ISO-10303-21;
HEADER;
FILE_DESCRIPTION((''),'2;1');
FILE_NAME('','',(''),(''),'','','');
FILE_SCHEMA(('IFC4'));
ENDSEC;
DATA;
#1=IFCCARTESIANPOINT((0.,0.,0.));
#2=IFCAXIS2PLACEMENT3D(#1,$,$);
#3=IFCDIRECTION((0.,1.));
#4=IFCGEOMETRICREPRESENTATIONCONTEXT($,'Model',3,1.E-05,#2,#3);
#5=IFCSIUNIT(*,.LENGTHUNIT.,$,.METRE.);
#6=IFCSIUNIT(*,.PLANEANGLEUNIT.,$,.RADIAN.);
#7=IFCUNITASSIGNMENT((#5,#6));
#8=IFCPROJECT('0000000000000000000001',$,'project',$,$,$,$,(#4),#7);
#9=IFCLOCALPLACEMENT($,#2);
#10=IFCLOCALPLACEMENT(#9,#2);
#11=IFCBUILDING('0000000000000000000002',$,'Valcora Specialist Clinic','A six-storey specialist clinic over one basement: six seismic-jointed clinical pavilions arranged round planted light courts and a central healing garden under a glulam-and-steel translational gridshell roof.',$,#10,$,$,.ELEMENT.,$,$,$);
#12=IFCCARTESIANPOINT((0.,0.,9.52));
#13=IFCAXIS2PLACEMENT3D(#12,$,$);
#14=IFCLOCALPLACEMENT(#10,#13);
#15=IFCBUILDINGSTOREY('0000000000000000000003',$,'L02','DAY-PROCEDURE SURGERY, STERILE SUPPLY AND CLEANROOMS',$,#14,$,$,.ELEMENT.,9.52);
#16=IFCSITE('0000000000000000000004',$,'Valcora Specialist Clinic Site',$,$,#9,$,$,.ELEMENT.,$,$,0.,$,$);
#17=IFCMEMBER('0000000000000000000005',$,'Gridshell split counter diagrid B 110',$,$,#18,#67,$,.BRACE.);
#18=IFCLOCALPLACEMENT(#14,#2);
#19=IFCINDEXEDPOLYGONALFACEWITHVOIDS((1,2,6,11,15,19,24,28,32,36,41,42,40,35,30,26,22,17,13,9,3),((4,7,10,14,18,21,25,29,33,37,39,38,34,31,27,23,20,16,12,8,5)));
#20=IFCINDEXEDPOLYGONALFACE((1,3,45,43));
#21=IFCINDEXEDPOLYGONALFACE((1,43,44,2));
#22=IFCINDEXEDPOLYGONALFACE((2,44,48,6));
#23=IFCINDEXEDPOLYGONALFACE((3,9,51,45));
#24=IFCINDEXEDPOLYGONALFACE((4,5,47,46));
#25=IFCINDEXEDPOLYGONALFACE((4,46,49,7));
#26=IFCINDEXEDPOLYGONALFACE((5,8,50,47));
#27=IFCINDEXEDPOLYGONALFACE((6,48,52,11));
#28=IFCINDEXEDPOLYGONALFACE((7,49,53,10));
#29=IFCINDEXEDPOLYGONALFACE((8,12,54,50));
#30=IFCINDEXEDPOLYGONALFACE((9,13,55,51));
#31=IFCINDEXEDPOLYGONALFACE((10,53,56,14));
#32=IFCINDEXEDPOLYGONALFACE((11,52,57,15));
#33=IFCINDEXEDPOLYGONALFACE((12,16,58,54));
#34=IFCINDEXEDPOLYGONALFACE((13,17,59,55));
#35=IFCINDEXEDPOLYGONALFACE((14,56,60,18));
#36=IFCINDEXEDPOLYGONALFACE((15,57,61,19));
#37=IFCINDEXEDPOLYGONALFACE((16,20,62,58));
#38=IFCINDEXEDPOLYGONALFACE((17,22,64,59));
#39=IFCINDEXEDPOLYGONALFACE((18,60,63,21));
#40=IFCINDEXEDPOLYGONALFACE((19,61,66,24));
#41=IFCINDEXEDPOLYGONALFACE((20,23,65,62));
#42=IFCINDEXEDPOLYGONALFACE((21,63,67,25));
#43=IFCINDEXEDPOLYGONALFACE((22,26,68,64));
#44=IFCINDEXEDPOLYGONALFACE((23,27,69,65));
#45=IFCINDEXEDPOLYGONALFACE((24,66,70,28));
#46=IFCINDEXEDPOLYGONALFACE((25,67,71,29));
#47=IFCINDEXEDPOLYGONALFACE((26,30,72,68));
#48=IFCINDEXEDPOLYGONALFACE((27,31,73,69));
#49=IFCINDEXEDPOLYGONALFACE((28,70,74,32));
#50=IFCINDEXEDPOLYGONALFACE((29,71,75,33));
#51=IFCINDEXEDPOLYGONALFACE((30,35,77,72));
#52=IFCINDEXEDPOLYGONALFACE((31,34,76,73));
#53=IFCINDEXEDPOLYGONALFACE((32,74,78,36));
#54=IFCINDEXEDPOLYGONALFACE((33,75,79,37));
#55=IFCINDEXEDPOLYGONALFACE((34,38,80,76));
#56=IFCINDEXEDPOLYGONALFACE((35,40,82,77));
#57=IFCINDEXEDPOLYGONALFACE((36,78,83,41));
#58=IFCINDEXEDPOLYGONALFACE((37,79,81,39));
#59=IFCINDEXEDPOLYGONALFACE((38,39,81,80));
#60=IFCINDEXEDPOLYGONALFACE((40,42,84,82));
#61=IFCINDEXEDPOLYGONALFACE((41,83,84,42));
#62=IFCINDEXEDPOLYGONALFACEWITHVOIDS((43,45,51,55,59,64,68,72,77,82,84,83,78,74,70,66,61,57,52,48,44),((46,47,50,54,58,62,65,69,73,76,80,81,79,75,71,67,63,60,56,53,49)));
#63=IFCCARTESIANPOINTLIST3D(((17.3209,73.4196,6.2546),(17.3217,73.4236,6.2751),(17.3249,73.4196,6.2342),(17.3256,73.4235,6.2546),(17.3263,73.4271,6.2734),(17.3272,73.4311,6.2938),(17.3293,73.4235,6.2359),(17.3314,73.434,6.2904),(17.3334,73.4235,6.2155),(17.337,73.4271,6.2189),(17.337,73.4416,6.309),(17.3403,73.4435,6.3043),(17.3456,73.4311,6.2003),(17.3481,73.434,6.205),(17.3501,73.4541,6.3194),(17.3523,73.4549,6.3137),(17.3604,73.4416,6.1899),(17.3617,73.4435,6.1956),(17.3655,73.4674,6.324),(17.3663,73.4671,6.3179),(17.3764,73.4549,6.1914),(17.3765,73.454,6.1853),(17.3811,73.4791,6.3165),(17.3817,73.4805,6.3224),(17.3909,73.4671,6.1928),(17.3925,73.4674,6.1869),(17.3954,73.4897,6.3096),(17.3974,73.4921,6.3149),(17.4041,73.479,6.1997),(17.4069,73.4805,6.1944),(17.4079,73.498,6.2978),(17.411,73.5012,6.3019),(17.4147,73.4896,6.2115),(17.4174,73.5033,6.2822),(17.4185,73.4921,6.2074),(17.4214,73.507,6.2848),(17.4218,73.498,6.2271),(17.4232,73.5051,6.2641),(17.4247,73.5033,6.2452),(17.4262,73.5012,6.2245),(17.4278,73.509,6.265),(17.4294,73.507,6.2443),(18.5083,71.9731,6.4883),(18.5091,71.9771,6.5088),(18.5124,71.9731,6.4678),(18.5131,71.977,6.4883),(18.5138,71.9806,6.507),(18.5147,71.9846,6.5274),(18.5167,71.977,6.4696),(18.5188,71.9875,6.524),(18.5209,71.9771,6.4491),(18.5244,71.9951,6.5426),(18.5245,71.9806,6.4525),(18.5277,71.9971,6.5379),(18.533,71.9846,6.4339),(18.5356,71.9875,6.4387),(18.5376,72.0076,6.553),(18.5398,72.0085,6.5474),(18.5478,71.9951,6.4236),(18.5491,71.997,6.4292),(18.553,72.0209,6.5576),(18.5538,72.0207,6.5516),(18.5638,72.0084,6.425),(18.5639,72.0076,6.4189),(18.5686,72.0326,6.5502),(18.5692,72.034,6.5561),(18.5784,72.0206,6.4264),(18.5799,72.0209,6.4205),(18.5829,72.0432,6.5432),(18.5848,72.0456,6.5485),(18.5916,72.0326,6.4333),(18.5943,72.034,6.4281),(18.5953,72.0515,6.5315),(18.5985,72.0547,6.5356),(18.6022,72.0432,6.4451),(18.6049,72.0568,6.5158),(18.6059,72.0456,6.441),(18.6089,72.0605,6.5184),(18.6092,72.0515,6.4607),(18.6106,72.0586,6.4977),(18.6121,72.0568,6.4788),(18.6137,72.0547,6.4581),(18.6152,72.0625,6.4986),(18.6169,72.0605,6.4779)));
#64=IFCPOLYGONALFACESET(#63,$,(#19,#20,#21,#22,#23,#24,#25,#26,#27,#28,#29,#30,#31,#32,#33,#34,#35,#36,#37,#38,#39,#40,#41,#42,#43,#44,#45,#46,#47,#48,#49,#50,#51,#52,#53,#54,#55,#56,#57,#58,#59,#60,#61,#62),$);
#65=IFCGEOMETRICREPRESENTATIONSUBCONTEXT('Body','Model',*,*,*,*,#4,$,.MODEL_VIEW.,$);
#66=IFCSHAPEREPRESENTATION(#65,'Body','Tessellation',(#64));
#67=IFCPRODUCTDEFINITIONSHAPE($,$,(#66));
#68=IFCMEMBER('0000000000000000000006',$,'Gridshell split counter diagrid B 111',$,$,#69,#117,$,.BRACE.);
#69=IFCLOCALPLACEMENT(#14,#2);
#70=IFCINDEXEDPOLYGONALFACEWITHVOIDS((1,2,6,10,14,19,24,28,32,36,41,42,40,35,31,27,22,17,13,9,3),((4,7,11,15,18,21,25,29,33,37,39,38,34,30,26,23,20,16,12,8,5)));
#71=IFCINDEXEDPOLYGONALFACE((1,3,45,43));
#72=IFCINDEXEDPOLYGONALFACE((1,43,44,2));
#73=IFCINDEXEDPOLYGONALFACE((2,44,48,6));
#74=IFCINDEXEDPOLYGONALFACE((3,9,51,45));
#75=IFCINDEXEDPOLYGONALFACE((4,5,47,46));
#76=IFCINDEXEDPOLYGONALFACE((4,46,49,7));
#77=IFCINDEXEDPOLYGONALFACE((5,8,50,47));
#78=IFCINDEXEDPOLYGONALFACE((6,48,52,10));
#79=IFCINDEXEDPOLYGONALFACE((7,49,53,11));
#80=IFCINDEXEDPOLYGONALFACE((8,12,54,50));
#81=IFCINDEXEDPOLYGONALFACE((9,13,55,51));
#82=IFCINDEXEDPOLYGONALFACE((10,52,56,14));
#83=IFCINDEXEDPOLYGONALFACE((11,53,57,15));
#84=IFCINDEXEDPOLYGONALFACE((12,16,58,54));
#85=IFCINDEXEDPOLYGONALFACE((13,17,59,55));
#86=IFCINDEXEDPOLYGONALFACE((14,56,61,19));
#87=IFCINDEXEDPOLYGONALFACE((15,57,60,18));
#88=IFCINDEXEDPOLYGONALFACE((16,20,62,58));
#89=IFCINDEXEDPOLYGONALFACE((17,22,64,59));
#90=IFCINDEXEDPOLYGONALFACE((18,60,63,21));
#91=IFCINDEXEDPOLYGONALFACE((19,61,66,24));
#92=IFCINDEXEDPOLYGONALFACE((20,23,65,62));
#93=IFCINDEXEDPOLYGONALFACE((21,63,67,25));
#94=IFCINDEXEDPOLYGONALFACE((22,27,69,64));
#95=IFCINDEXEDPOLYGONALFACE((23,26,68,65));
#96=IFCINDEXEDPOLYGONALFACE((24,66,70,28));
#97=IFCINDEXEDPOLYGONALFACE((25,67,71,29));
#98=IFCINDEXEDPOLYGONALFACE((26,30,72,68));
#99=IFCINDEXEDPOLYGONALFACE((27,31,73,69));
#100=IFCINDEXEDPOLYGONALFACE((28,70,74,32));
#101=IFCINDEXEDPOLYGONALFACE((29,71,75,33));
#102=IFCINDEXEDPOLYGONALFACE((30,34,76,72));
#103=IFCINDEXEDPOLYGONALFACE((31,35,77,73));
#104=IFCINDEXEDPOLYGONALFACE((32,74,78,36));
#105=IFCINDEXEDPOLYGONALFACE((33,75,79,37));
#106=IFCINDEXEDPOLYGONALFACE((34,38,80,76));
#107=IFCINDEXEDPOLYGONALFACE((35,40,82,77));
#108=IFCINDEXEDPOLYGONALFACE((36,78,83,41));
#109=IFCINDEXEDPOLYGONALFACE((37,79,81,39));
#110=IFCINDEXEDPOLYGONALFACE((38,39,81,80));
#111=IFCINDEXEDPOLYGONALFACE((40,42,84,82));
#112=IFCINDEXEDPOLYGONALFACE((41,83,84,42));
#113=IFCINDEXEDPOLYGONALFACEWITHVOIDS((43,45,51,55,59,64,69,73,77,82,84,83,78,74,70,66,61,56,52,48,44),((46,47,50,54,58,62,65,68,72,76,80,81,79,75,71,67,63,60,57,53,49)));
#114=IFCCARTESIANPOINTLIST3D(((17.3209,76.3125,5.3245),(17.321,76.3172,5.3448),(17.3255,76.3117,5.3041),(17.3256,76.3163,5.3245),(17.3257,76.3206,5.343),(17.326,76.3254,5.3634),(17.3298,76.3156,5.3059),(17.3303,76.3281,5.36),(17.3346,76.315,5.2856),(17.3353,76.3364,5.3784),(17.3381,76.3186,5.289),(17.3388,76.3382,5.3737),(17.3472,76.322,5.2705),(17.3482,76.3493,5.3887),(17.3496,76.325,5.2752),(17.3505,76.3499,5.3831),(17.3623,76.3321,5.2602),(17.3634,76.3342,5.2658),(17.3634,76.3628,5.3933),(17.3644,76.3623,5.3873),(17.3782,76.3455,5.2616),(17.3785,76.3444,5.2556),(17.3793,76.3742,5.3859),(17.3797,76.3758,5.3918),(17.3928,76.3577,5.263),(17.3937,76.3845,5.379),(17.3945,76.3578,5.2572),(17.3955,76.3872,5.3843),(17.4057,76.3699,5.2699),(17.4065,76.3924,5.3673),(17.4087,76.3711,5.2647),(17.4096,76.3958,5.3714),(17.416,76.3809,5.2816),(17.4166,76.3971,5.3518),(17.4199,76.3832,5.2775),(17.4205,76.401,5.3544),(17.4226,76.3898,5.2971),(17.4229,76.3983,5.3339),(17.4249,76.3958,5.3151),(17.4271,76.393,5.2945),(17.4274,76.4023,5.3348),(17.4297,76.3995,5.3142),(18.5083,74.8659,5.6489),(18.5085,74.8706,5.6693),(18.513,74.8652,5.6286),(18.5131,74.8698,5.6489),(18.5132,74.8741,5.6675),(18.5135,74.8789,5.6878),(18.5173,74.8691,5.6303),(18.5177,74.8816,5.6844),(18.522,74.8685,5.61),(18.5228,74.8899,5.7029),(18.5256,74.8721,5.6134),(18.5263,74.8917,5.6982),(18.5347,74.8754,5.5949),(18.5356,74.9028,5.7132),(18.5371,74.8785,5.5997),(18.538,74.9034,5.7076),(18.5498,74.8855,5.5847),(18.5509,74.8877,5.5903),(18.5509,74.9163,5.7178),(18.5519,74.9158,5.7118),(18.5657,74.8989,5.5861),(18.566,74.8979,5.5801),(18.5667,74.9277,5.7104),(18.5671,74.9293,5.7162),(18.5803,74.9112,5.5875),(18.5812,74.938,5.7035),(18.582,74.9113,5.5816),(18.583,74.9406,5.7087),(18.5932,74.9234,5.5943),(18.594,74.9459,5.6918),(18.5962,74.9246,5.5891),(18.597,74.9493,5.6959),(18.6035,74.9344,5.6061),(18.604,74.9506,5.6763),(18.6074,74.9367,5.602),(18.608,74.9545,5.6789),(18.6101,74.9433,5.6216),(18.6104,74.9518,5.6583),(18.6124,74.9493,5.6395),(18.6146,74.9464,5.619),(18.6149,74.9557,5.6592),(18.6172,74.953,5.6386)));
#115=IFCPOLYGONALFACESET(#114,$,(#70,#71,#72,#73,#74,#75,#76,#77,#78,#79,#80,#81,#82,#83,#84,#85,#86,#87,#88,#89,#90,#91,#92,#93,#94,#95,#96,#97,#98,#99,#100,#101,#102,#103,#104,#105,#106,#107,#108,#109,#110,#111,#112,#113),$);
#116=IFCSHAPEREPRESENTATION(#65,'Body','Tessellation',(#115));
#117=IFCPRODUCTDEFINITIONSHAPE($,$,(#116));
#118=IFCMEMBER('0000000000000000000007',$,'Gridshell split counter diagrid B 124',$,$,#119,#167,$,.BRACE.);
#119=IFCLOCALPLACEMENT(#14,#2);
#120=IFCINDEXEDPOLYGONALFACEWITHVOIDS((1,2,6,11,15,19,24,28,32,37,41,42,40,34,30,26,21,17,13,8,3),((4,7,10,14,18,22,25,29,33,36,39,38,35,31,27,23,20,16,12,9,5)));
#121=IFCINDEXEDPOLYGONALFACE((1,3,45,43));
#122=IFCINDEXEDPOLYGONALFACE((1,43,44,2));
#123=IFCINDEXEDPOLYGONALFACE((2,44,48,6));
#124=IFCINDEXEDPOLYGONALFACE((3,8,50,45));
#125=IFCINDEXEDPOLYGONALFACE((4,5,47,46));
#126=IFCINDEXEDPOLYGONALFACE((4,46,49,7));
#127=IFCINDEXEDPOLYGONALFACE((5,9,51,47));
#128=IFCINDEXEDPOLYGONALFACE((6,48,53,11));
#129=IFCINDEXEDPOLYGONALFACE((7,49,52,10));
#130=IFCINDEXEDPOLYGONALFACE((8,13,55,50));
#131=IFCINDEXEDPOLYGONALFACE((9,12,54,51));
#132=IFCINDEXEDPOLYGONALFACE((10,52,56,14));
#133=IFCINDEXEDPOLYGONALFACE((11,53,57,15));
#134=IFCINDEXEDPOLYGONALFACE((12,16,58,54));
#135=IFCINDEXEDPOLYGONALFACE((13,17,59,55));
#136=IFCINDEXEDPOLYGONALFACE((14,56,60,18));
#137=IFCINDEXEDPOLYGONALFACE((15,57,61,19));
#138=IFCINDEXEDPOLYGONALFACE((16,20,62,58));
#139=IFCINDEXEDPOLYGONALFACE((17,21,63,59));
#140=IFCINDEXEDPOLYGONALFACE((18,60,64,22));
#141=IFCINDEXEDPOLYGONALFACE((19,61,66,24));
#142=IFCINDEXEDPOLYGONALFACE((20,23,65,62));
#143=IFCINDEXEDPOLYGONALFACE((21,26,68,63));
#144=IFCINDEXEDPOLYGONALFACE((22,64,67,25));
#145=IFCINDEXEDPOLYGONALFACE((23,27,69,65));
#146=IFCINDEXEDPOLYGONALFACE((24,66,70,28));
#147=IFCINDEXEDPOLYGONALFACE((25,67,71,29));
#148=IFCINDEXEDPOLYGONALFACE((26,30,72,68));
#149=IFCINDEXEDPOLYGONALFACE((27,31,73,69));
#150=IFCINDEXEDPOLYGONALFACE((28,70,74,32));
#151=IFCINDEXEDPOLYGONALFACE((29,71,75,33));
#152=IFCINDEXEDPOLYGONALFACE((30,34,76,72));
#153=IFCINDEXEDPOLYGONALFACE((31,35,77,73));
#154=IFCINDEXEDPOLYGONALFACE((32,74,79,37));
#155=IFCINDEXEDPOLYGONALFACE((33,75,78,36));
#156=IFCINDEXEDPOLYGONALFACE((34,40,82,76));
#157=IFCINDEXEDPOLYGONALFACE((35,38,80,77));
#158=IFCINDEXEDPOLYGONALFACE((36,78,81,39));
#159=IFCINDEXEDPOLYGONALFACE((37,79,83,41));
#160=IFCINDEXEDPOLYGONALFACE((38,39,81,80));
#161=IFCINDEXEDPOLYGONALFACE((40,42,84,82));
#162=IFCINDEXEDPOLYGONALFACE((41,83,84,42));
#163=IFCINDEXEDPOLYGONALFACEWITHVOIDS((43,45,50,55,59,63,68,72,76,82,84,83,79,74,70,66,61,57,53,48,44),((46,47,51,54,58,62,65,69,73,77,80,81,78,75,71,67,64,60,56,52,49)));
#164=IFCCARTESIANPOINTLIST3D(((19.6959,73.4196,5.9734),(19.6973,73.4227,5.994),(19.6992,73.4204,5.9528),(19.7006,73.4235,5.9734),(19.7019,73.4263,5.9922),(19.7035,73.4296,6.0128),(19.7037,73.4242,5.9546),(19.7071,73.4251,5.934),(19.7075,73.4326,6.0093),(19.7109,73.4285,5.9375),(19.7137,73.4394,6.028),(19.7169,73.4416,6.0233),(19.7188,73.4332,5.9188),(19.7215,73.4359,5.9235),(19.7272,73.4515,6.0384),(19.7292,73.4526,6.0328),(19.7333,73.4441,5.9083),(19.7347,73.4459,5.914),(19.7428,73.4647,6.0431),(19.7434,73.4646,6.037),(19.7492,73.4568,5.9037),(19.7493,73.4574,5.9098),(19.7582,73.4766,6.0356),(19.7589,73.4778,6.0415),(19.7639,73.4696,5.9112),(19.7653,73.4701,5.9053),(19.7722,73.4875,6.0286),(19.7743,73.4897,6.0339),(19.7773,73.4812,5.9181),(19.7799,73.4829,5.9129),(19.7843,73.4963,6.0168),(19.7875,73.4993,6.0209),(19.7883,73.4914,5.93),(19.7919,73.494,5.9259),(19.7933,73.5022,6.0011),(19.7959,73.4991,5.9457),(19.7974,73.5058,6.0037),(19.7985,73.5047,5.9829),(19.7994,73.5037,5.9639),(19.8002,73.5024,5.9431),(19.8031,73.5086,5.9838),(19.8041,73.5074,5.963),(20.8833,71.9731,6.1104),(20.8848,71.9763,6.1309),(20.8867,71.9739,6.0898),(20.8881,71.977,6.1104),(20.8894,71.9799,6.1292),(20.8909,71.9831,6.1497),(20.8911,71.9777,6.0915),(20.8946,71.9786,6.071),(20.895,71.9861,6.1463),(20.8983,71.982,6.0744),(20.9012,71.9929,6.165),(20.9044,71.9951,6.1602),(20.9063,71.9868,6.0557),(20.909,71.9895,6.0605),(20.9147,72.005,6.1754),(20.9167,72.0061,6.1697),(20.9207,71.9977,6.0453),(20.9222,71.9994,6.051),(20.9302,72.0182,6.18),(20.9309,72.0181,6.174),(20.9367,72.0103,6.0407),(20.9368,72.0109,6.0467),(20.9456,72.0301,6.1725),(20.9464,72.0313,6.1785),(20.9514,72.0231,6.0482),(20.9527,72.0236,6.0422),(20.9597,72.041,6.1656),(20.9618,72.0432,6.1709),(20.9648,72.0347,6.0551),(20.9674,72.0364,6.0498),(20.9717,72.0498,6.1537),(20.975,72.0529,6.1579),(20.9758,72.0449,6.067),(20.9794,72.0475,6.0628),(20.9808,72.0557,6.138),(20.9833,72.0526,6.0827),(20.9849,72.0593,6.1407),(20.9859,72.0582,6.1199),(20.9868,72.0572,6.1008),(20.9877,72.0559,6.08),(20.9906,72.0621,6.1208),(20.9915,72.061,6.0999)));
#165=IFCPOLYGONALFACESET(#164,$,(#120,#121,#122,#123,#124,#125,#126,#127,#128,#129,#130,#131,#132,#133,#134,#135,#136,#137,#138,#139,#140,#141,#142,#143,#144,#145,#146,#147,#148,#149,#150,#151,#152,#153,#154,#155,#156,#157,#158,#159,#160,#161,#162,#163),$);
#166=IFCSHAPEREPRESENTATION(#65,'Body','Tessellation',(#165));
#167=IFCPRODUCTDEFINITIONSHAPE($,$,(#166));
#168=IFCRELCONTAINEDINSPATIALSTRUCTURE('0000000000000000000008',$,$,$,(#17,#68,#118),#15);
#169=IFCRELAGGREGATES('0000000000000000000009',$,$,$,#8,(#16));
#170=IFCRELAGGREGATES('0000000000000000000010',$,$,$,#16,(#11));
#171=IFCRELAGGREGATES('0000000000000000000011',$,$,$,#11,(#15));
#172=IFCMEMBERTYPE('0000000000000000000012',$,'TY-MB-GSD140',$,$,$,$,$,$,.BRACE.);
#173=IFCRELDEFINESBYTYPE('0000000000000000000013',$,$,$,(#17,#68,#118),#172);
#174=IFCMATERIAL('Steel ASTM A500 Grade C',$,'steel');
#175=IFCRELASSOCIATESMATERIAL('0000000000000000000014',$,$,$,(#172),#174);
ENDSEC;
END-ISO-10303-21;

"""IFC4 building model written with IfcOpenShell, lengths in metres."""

from ifc_helpers import new_model, si_unit, direction, frame, origin, origin_2d, place, context, subcontext, project, spatial, hollow_circle, extrude, material, material_profile, profile_set, type_object, element, save


model = new_model("IFC4")

# Units and contexts
model_context = context("Model", 3, precision=1e-05, world=origin(), true_north=direction((0.0, 1.0)))
body_context = subcontext(model_context, "Body", "Model", "MODEL_VIEW")
ifc_project = project(units=[si_unit("LENGTHUNIT", "METRE"), si_unit("PLANEANGLEUNIT", "RADIAN")], contexts=[model_context])

# Site, building, storey
site_placement = place(None, origin())
site = spatial("IfcSite", under=ifc_project, at=site_placement, Name="Valcora Specialist Clinic Site", CompositionType="ELEMENT", RefElevation=0.0)
building_placement = place(site_placement, origin())
building = spatial("IfcBuilding", under=site, at=building_placement, Name="Valcora Specialist Clinic", Description="A six-storey specialist clinic over one basement: six seismic-jointed clinical pavilions arranged round planted light courts and a central healing garden under a glulam-and-steel translational gridshell roof.", CompositionType="ELEMENT")
storey_placement = place(building_placement, frame((0.0, 0.0, 9.52)))
storey = spatial("IfcBuildingStorey", under=building, at=storey_placement, Name="L02", Description="DAY-PROCEDURE SURGERY, STERILE SUPPLY AND CLEANROOMS", CompositionType="ELEMENT", Elevation=9.52)

# Members
ifc_material_1 = material(Name="Steel ASTM A500 Grade C", Category="steel")
ifc_material_profile_1 = material_profile(ifc_material_1, hollow_circle(Radius=0.0701, WallThickness=0.0061, at=origin_2d()), Name="ST-CHS-140X6")
ifc_profile_set_1 = profile_set([ifc_material_profile_1], Name="Steel ASTM A500 Grade C")
member_type_1 = type_object("IfcMemberType", Name="TY-MB-GSD140", PredefinedType="BRACE", material=ifc_profile_set_1)
member_1_placement = place(storey_placement, frame((18.5625, 72.0176, 6.4883), z_axis=(-0.629621, 0.766962, -0.123879), x_axis=(-0.772916, -0.634508, 0.0)))
element("IfcMember", 1, at=member_1_placement, inside=storey, type_object=member_type_1, Name="Gridshell split counter diagrid B 110", PredefinedType="BRACE", context=body_context, shape_type="SweptSolid", body=[
    extrude(hollow_circle(Radius=0.0701, WallThickness=0.0061, at=origin_2d()), origin(), (0.0, 0.0, 1.0), 1.886),
])
member_2_placement = place(storey_placement, frame((18.5625, 74.9104, 5.6489), z_axis=(-0.625183, 0.761556, -0.17082), x_axis=(-0.772916, -0.634508, 0.0)))
element("IfcMember", 2, at=member_2_placement, inside=storey, type_object=member_type_1, Name="Gridshell split counter diagrid B 111", PredefinedType="BRACE", context=body_context, shape_type="SweptSolid", body=[
    extrude(hollow_circle(Radius=0.0701, WallThickness=0.0061, at=origin_2d()), origin(), (0.0, 0.0, 1.0), 1.8994),
])
member_3_placement = place(storey_placement, frame((20.9375, 72.0176, 6.1104), z_axis=(-0.632816, 0.770854, -0.072987), x_axis=(-0.772916, -0.634508, 0.0)))
element("IfcMember", 3, at=member_3_placement, inside=storey, type_object=member_type_1, Name="Gridshell split counter diagrid B 124", PredefinedType="BRACE", context=body_context, shape_type="SweptSolid", body=[
    extrude(hollow_circle(Radius=0.0701, WallThickness=0.0061, at=origin_2d()), origin(), (0.0, 0.0, 1.0), 1.8765),
])

save(model, "model.ifc")
